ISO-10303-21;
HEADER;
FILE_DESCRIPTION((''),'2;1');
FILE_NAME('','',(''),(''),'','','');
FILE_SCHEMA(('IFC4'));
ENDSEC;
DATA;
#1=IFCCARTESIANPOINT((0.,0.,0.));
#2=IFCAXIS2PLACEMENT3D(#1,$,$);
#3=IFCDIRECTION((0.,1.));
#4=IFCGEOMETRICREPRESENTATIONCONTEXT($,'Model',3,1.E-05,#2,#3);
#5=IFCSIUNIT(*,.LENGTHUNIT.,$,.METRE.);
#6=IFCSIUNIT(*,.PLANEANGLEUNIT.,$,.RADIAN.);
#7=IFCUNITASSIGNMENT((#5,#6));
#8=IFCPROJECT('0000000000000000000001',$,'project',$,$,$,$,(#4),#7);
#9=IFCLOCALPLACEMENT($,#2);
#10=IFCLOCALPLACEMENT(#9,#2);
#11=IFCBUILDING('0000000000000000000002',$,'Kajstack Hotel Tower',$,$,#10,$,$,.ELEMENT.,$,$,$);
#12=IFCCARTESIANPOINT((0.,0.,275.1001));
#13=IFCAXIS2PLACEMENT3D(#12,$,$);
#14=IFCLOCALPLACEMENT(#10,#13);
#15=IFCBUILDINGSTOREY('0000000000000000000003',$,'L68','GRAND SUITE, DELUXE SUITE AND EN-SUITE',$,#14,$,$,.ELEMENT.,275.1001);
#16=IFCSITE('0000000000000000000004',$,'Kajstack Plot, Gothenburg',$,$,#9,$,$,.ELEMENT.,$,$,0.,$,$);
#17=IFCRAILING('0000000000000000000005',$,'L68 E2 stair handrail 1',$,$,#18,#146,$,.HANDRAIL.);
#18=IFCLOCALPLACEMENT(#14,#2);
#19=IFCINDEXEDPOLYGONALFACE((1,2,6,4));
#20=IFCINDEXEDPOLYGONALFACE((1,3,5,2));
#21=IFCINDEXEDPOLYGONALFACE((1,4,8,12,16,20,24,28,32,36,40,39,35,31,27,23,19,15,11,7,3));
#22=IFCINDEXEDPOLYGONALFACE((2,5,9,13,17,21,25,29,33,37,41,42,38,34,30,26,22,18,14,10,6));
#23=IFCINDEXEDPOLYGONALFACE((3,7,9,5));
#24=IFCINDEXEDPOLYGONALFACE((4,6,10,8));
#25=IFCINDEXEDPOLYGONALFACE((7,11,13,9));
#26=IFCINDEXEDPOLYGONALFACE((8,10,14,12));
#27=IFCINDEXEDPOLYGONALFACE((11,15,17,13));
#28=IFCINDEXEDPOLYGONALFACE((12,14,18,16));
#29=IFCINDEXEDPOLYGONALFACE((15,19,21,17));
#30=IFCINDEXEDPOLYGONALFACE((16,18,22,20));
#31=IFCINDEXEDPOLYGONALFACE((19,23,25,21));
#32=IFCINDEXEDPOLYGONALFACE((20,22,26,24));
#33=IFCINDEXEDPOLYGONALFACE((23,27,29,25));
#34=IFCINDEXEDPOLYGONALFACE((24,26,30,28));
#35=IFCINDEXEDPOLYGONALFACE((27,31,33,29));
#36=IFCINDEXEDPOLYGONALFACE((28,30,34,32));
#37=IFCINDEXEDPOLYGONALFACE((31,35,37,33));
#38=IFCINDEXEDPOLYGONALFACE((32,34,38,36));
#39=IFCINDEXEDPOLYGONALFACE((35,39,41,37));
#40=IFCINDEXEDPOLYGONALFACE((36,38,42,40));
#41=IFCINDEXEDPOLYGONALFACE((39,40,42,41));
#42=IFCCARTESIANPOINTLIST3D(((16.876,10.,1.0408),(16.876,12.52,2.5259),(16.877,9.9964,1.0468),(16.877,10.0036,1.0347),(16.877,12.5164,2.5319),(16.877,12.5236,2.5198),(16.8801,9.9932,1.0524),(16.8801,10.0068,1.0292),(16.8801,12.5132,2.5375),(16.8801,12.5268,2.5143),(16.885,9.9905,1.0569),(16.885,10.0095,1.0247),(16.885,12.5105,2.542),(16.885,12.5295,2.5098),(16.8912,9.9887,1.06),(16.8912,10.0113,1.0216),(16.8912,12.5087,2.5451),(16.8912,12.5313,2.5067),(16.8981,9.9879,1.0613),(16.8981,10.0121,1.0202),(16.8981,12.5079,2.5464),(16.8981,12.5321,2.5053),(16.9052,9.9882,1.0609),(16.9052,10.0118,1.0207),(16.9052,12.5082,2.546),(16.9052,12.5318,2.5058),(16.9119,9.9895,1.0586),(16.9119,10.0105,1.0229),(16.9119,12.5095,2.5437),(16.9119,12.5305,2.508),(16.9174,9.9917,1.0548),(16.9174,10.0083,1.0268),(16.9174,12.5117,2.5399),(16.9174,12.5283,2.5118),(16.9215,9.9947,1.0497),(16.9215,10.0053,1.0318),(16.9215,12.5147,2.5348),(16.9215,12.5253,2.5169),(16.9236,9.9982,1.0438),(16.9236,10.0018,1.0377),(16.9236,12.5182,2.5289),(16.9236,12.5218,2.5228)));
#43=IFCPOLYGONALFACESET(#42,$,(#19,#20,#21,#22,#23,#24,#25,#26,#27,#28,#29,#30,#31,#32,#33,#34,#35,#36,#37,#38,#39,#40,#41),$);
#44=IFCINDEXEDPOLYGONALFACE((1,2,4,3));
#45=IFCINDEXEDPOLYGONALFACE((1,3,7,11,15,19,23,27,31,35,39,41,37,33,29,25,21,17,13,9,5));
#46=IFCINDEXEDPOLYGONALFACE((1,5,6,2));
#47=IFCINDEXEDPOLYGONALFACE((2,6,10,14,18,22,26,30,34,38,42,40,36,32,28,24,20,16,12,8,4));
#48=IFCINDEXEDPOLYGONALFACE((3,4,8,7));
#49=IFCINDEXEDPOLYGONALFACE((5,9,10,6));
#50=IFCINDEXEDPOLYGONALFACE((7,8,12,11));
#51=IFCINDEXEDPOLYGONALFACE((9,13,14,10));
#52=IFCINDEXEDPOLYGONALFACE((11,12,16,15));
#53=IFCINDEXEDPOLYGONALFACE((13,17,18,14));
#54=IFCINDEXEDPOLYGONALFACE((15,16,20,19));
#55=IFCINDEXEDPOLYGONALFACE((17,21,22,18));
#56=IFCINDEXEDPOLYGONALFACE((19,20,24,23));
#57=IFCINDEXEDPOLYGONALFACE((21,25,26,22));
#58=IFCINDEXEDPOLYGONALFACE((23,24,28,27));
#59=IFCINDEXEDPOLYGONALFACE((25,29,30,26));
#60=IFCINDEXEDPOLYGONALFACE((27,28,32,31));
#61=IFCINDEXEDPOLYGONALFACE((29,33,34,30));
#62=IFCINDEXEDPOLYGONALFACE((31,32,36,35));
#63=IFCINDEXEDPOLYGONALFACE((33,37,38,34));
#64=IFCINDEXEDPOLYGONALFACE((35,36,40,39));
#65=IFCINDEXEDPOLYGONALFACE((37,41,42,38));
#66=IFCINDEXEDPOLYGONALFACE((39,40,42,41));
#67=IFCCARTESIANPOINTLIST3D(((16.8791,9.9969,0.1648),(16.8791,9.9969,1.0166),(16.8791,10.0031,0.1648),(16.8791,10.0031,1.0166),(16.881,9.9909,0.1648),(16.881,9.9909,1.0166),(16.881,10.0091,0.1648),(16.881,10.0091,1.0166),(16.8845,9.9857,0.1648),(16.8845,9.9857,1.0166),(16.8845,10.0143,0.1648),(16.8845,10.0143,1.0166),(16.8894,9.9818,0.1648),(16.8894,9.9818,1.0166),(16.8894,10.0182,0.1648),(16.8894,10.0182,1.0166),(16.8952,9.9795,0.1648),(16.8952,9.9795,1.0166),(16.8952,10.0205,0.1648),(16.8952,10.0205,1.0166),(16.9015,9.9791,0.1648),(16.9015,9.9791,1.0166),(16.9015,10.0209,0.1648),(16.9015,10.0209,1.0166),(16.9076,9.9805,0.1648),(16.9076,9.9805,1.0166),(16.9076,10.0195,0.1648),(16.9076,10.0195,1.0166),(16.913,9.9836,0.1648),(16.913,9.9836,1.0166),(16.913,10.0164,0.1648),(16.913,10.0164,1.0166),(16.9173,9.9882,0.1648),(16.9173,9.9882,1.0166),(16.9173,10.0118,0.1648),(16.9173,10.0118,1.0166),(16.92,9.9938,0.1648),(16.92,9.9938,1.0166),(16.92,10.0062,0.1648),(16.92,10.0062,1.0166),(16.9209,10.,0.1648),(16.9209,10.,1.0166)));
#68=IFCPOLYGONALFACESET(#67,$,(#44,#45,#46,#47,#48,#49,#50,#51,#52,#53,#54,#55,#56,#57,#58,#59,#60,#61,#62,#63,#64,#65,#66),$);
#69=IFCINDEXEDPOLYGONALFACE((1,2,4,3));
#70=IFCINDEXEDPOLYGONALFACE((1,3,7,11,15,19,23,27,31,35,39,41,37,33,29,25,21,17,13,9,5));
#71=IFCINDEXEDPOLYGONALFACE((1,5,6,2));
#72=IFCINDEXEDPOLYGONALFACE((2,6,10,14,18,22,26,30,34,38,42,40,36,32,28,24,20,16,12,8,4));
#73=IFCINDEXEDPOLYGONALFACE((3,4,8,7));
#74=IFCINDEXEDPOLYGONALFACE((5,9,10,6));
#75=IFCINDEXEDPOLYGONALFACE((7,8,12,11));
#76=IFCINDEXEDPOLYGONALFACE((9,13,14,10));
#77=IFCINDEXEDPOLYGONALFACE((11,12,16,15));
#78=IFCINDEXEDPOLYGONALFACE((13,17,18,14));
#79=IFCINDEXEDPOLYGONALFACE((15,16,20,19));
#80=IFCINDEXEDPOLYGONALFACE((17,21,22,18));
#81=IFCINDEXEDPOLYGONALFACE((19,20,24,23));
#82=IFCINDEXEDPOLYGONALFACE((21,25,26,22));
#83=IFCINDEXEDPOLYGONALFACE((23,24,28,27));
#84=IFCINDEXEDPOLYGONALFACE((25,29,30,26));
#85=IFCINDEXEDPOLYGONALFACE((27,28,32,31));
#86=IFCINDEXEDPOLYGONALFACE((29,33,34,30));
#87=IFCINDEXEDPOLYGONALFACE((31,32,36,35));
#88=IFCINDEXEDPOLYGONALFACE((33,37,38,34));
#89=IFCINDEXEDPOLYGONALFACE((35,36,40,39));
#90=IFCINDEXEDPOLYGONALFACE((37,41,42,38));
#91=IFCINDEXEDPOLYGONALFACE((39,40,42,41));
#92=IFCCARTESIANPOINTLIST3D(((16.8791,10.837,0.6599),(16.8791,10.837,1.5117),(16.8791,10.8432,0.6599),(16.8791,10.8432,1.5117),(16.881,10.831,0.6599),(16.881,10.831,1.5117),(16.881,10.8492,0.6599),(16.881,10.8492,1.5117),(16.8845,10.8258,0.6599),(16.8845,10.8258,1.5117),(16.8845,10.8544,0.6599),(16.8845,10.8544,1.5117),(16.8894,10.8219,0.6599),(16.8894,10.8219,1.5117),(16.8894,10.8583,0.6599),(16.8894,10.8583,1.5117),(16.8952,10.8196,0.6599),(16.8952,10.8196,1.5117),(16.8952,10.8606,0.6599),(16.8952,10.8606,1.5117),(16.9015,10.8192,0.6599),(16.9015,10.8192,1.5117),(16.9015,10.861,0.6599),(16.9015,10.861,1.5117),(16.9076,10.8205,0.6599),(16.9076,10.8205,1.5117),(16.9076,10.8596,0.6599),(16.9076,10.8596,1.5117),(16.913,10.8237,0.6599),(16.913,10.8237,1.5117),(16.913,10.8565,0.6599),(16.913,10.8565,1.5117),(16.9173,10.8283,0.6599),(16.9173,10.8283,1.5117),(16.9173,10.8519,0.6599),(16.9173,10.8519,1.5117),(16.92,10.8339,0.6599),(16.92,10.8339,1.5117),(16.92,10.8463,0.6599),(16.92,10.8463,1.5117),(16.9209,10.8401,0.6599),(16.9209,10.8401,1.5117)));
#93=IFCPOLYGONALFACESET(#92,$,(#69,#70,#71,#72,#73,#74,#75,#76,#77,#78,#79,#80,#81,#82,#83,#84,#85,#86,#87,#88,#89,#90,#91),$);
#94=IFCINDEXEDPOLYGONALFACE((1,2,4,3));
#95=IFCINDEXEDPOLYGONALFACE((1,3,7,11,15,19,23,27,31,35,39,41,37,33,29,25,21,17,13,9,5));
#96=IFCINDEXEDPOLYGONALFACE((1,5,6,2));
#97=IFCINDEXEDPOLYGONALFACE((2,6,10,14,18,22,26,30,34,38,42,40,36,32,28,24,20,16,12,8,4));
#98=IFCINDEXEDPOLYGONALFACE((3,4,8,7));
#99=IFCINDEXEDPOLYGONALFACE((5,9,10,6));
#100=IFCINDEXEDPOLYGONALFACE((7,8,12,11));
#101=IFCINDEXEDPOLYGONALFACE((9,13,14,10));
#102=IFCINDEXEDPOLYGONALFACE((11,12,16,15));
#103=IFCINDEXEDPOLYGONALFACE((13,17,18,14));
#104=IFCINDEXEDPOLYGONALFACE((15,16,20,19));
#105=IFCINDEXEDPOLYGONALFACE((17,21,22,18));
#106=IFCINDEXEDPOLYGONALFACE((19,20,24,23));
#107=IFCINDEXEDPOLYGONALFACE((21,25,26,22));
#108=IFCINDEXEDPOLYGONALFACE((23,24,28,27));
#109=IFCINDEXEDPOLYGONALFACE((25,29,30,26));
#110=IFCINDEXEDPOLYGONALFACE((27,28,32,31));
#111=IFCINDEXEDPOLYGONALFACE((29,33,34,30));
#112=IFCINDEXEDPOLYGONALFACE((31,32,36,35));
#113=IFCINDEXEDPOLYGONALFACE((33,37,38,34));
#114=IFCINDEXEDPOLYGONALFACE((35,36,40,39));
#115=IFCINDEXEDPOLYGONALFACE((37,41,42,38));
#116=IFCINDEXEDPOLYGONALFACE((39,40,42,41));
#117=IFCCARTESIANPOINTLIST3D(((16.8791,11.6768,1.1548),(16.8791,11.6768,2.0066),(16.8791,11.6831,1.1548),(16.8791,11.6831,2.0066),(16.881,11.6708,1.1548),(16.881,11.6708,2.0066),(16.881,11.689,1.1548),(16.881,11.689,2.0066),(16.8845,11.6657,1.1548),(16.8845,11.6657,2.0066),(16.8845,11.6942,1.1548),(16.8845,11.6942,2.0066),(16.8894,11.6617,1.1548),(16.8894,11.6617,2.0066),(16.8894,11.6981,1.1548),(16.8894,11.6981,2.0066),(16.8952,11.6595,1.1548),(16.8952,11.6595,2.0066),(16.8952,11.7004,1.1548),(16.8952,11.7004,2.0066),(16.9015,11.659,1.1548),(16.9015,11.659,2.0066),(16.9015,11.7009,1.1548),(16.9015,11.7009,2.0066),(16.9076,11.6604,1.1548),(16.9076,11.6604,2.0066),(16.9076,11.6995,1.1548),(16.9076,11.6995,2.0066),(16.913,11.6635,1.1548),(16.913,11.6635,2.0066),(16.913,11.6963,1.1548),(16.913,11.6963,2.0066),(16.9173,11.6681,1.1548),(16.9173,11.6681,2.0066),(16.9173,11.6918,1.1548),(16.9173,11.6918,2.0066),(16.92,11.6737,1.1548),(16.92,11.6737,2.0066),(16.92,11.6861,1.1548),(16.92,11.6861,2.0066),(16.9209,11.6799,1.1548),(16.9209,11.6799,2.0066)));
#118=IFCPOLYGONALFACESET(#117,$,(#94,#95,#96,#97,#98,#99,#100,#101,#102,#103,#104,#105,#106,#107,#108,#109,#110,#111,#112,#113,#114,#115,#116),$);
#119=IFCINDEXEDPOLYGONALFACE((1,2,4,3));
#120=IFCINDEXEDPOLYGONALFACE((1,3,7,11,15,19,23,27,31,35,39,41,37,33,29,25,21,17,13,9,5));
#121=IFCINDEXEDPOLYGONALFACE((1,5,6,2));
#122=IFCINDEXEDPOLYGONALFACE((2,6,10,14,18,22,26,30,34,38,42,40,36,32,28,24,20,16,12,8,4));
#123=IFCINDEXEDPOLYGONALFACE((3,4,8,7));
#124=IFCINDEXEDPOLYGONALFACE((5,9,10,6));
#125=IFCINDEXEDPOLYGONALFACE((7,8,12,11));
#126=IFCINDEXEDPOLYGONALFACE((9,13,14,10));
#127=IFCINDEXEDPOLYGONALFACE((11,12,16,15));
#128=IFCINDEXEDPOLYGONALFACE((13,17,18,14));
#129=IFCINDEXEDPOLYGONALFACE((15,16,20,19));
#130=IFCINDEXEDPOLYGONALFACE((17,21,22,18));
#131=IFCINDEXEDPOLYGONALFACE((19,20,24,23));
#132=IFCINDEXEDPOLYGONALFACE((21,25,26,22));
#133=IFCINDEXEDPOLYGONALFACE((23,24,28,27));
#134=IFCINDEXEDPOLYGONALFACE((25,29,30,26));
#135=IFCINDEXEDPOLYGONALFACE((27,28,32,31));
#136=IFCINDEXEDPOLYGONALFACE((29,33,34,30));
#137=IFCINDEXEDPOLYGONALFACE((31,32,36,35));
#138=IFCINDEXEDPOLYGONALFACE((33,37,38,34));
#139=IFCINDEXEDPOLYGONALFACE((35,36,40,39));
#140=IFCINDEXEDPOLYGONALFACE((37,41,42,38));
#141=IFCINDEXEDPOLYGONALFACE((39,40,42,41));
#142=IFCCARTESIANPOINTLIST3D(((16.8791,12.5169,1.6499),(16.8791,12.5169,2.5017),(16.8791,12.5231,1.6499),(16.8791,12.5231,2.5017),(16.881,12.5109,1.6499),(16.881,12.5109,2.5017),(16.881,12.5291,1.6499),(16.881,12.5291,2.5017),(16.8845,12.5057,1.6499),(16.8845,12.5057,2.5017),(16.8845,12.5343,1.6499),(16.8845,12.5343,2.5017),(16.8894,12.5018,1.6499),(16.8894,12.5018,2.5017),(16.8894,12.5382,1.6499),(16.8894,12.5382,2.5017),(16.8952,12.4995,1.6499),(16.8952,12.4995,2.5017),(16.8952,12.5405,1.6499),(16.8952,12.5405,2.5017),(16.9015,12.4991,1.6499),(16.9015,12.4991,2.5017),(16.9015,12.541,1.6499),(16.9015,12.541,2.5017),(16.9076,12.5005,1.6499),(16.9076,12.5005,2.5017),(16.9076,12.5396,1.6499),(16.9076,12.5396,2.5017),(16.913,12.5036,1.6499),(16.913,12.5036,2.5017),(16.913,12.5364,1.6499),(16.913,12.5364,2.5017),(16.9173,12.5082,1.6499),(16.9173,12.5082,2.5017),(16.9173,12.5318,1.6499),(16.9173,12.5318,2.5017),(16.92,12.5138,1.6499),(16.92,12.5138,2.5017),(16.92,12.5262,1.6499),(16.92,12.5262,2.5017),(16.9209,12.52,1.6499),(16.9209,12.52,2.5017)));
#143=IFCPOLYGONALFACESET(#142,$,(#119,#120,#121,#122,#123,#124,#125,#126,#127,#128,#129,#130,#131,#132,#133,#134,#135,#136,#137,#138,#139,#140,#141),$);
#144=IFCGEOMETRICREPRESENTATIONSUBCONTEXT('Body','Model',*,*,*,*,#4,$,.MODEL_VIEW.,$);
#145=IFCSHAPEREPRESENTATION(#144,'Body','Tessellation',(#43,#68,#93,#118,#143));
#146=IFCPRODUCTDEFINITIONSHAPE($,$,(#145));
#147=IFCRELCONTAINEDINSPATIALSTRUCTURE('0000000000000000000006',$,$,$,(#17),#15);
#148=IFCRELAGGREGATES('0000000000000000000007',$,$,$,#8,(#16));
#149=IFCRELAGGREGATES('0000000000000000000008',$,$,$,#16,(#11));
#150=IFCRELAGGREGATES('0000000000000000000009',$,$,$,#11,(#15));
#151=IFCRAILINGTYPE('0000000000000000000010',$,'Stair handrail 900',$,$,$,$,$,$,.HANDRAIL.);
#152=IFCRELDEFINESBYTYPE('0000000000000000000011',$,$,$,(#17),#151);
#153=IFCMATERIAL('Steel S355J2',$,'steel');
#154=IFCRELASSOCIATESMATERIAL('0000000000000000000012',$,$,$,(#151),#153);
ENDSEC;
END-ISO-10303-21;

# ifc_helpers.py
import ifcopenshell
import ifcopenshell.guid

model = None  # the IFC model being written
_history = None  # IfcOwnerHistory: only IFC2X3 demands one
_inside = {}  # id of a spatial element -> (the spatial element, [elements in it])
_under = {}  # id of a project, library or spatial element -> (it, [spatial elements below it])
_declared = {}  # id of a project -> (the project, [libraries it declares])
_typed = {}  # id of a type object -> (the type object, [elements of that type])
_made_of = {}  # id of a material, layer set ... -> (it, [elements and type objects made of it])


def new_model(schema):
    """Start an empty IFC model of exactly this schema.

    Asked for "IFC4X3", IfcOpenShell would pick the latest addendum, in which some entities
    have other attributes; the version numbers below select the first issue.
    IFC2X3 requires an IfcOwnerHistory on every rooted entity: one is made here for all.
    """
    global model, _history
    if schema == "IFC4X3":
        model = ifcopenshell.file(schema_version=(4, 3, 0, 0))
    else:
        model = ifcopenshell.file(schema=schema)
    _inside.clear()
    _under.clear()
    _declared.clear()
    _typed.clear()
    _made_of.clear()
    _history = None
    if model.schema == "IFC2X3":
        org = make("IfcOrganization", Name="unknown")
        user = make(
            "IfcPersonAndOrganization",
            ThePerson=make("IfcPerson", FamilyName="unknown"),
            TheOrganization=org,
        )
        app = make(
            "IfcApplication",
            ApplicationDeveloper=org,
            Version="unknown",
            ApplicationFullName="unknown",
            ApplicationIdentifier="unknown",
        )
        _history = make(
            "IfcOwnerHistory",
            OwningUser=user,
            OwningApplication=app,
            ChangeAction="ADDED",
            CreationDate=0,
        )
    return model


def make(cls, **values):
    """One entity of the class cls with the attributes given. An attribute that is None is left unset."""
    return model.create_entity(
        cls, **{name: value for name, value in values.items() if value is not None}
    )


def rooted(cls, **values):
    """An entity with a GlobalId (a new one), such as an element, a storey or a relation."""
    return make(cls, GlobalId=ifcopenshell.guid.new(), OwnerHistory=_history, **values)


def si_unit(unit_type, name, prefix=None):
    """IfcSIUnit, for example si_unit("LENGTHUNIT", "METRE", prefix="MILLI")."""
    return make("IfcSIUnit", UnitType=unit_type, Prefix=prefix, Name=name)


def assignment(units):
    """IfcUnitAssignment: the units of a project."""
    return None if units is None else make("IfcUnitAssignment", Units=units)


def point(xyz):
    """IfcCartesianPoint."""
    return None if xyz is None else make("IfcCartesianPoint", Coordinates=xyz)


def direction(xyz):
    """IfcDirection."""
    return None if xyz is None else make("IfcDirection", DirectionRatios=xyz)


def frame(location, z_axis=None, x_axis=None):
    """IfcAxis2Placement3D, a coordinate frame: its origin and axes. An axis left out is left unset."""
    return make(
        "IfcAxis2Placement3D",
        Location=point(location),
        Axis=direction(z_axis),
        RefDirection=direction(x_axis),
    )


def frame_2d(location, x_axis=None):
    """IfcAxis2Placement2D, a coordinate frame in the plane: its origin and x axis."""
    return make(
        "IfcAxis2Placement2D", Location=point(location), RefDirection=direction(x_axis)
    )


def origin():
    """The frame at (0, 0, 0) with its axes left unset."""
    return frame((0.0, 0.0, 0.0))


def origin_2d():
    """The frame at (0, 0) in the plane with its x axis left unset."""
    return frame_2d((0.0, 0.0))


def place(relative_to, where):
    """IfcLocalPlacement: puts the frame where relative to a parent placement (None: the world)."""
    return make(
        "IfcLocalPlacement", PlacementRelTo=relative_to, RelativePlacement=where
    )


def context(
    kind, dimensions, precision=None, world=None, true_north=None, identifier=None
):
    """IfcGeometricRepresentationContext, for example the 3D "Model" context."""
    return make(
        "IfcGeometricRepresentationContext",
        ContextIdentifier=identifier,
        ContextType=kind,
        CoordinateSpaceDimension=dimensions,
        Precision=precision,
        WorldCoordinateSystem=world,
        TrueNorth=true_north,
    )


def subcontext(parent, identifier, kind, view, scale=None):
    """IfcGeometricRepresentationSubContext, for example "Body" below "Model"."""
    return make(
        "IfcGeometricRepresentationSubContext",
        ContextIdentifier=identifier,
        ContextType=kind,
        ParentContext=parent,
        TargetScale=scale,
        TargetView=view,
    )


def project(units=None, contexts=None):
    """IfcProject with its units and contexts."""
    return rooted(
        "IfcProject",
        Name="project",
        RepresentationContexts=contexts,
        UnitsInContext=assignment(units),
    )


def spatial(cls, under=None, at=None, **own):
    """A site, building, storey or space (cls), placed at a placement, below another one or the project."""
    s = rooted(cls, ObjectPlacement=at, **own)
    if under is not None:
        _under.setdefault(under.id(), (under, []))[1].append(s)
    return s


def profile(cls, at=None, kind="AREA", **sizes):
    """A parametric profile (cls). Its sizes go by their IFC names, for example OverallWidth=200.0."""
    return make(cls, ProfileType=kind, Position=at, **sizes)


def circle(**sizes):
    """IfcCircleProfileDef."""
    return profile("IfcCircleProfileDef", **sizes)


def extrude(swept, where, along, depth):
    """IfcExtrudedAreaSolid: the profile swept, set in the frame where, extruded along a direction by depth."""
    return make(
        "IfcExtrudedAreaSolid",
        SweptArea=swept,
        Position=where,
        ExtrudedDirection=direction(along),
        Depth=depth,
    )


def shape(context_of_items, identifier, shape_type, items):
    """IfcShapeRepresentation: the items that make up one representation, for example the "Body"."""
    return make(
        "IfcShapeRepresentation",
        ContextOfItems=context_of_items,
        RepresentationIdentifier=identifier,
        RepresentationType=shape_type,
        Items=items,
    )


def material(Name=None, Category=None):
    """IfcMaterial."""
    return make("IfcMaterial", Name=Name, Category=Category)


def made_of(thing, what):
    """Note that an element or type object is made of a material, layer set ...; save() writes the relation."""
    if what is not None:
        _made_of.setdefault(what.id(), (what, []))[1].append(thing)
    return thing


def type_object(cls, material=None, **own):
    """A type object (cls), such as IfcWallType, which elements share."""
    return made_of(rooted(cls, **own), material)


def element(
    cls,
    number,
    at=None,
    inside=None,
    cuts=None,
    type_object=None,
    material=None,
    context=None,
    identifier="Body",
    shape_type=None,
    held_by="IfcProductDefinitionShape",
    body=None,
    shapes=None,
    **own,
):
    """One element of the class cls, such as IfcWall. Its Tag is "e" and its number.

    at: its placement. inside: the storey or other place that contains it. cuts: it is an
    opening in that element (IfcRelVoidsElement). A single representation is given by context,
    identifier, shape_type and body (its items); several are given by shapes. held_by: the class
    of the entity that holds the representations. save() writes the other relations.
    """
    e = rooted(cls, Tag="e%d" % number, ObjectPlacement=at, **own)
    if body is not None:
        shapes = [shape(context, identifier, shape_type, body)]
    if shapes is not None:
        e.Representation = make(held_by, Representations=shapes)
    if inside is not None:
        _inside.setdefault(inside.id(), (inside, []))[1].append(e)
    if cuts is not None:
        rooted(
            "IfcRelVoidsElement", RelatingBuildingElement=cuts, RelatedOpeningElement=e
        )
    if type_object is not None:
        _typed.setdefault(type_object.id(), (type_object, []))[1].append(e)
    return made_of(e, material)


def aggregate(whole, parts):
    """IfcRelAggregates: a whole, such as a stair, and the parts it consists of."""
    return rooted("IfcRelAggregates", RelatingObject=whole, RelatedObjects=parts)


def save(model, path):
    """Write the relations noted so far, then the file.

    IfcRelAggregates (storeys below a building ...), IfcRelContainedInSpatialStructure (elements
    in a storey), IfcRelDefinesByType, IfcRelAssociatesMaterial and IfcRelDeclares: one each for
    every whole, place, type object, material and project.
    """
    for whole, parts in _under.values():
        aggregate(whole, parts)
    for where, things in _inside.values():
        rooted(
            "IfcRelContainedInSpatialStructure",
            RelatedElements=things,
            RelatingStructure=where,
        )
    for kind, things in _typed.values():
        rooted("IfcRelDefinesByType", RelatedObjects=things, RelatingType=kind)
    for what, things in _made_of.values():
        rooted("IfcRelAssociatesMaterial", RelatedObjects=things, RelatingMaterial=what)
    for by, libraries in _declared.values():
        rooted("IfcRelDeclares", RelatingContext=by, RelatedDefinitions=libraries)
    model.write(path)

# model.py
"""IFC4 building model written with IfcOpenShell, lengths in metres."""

from ifc_helpers import new_model, si_unit, direction, frame, origin, origin_2d, place, context, subcontext, project, spatial, circle, extrude, material, type_object, element, save


model = new_model("IFC4")

# Units and contexts
model_context = context("Model", 3, precision=1e-05, world=origin(), true_north=direction((0.0, 1.0)))
body_context = subcontext(model_context, "Body", "Model", "MODEL_VIEW")
ifc_project = project(units=[si_unit("LENGTHUNIT", "METRE"), si_unit("PLANEANGLEUNIT", "RADIAN")], contexts=[model_context])

# Site, building, storey
site_placement = place(None, origin())
site = spatial("IfcSite", under=ifc_project, at=site_placement, Name="Kajstack Plot, Gothenburg", CompositionType="ELEMENT", RefElevation=0.0)
building_placement = place(site_placement, origin())
building = spatial("IfcBuilding", under=site, at=building_placement, Name="Kajstack Hotel Tower", CompositionType="ELEMENT")
storey_placement = place(building_placement, frame((0.0, 0.0, 275.1001)))
storey = spatial("IfcBuildingStorey", under=building, at=storey_placement, Name="L68", Description="GRAND SUITE, DELUXE SUITE AND EN-SUITE", CompositionType="ELEMENT", Elevation=275.1001)

# Railing
ifc_material_1 = material(Name="Steel S355J2", Category="steel")
railing_type_1 = type_object("IfcRailingType", Name="Stair handrail 900", PredefinedType="HANDRAIL", material=ifc_material_1)
railing_1_placement = place(storey_placement, frame((16.8999, 10.0, 0.1648)))
element("IfcRailing", 1, at=railing_1_placement, inside=storey, type_object=railing_type_1, Name="L68 E2 stair handrail 1", PredefinedType="HANDRAIL", context=body_context, shape_type="SweptSolid", body=[
    extrude(circle(Radius=0.0239, at=origin_2d()), frame((0.0, 0.0, 0.876), z_axis=(0.0, 0.861524, 0.507717), x_axis=(-1.0, 0.0, 0.0)), (0.0, 0.0, 1.0), 2.925),
    extrude(circle(Radius=0.021, at=origin_2d()), origin(), (0.0, 0.0, 1.0), 0.8518),
    extrude(circle(Radius=0.021, at=origin_2d()), frame((0.0, 0.8401, 0.4951)), (0.0, 0.0, 1.0), 0.8518),
    extrude(circle(Radius=0.021, at=origin_2d()), frame((0.0, 1.6799, 0.99)), (0.0, 0.0, 1.0), 0.8518),
    extrude(circle(Radius=0.021, at=origin_2d()), frame((0.0, 2.52, 1.4851)), (0.0, 0.0, 1.0), 0.8518),
])

save(model, "model.ifc")
